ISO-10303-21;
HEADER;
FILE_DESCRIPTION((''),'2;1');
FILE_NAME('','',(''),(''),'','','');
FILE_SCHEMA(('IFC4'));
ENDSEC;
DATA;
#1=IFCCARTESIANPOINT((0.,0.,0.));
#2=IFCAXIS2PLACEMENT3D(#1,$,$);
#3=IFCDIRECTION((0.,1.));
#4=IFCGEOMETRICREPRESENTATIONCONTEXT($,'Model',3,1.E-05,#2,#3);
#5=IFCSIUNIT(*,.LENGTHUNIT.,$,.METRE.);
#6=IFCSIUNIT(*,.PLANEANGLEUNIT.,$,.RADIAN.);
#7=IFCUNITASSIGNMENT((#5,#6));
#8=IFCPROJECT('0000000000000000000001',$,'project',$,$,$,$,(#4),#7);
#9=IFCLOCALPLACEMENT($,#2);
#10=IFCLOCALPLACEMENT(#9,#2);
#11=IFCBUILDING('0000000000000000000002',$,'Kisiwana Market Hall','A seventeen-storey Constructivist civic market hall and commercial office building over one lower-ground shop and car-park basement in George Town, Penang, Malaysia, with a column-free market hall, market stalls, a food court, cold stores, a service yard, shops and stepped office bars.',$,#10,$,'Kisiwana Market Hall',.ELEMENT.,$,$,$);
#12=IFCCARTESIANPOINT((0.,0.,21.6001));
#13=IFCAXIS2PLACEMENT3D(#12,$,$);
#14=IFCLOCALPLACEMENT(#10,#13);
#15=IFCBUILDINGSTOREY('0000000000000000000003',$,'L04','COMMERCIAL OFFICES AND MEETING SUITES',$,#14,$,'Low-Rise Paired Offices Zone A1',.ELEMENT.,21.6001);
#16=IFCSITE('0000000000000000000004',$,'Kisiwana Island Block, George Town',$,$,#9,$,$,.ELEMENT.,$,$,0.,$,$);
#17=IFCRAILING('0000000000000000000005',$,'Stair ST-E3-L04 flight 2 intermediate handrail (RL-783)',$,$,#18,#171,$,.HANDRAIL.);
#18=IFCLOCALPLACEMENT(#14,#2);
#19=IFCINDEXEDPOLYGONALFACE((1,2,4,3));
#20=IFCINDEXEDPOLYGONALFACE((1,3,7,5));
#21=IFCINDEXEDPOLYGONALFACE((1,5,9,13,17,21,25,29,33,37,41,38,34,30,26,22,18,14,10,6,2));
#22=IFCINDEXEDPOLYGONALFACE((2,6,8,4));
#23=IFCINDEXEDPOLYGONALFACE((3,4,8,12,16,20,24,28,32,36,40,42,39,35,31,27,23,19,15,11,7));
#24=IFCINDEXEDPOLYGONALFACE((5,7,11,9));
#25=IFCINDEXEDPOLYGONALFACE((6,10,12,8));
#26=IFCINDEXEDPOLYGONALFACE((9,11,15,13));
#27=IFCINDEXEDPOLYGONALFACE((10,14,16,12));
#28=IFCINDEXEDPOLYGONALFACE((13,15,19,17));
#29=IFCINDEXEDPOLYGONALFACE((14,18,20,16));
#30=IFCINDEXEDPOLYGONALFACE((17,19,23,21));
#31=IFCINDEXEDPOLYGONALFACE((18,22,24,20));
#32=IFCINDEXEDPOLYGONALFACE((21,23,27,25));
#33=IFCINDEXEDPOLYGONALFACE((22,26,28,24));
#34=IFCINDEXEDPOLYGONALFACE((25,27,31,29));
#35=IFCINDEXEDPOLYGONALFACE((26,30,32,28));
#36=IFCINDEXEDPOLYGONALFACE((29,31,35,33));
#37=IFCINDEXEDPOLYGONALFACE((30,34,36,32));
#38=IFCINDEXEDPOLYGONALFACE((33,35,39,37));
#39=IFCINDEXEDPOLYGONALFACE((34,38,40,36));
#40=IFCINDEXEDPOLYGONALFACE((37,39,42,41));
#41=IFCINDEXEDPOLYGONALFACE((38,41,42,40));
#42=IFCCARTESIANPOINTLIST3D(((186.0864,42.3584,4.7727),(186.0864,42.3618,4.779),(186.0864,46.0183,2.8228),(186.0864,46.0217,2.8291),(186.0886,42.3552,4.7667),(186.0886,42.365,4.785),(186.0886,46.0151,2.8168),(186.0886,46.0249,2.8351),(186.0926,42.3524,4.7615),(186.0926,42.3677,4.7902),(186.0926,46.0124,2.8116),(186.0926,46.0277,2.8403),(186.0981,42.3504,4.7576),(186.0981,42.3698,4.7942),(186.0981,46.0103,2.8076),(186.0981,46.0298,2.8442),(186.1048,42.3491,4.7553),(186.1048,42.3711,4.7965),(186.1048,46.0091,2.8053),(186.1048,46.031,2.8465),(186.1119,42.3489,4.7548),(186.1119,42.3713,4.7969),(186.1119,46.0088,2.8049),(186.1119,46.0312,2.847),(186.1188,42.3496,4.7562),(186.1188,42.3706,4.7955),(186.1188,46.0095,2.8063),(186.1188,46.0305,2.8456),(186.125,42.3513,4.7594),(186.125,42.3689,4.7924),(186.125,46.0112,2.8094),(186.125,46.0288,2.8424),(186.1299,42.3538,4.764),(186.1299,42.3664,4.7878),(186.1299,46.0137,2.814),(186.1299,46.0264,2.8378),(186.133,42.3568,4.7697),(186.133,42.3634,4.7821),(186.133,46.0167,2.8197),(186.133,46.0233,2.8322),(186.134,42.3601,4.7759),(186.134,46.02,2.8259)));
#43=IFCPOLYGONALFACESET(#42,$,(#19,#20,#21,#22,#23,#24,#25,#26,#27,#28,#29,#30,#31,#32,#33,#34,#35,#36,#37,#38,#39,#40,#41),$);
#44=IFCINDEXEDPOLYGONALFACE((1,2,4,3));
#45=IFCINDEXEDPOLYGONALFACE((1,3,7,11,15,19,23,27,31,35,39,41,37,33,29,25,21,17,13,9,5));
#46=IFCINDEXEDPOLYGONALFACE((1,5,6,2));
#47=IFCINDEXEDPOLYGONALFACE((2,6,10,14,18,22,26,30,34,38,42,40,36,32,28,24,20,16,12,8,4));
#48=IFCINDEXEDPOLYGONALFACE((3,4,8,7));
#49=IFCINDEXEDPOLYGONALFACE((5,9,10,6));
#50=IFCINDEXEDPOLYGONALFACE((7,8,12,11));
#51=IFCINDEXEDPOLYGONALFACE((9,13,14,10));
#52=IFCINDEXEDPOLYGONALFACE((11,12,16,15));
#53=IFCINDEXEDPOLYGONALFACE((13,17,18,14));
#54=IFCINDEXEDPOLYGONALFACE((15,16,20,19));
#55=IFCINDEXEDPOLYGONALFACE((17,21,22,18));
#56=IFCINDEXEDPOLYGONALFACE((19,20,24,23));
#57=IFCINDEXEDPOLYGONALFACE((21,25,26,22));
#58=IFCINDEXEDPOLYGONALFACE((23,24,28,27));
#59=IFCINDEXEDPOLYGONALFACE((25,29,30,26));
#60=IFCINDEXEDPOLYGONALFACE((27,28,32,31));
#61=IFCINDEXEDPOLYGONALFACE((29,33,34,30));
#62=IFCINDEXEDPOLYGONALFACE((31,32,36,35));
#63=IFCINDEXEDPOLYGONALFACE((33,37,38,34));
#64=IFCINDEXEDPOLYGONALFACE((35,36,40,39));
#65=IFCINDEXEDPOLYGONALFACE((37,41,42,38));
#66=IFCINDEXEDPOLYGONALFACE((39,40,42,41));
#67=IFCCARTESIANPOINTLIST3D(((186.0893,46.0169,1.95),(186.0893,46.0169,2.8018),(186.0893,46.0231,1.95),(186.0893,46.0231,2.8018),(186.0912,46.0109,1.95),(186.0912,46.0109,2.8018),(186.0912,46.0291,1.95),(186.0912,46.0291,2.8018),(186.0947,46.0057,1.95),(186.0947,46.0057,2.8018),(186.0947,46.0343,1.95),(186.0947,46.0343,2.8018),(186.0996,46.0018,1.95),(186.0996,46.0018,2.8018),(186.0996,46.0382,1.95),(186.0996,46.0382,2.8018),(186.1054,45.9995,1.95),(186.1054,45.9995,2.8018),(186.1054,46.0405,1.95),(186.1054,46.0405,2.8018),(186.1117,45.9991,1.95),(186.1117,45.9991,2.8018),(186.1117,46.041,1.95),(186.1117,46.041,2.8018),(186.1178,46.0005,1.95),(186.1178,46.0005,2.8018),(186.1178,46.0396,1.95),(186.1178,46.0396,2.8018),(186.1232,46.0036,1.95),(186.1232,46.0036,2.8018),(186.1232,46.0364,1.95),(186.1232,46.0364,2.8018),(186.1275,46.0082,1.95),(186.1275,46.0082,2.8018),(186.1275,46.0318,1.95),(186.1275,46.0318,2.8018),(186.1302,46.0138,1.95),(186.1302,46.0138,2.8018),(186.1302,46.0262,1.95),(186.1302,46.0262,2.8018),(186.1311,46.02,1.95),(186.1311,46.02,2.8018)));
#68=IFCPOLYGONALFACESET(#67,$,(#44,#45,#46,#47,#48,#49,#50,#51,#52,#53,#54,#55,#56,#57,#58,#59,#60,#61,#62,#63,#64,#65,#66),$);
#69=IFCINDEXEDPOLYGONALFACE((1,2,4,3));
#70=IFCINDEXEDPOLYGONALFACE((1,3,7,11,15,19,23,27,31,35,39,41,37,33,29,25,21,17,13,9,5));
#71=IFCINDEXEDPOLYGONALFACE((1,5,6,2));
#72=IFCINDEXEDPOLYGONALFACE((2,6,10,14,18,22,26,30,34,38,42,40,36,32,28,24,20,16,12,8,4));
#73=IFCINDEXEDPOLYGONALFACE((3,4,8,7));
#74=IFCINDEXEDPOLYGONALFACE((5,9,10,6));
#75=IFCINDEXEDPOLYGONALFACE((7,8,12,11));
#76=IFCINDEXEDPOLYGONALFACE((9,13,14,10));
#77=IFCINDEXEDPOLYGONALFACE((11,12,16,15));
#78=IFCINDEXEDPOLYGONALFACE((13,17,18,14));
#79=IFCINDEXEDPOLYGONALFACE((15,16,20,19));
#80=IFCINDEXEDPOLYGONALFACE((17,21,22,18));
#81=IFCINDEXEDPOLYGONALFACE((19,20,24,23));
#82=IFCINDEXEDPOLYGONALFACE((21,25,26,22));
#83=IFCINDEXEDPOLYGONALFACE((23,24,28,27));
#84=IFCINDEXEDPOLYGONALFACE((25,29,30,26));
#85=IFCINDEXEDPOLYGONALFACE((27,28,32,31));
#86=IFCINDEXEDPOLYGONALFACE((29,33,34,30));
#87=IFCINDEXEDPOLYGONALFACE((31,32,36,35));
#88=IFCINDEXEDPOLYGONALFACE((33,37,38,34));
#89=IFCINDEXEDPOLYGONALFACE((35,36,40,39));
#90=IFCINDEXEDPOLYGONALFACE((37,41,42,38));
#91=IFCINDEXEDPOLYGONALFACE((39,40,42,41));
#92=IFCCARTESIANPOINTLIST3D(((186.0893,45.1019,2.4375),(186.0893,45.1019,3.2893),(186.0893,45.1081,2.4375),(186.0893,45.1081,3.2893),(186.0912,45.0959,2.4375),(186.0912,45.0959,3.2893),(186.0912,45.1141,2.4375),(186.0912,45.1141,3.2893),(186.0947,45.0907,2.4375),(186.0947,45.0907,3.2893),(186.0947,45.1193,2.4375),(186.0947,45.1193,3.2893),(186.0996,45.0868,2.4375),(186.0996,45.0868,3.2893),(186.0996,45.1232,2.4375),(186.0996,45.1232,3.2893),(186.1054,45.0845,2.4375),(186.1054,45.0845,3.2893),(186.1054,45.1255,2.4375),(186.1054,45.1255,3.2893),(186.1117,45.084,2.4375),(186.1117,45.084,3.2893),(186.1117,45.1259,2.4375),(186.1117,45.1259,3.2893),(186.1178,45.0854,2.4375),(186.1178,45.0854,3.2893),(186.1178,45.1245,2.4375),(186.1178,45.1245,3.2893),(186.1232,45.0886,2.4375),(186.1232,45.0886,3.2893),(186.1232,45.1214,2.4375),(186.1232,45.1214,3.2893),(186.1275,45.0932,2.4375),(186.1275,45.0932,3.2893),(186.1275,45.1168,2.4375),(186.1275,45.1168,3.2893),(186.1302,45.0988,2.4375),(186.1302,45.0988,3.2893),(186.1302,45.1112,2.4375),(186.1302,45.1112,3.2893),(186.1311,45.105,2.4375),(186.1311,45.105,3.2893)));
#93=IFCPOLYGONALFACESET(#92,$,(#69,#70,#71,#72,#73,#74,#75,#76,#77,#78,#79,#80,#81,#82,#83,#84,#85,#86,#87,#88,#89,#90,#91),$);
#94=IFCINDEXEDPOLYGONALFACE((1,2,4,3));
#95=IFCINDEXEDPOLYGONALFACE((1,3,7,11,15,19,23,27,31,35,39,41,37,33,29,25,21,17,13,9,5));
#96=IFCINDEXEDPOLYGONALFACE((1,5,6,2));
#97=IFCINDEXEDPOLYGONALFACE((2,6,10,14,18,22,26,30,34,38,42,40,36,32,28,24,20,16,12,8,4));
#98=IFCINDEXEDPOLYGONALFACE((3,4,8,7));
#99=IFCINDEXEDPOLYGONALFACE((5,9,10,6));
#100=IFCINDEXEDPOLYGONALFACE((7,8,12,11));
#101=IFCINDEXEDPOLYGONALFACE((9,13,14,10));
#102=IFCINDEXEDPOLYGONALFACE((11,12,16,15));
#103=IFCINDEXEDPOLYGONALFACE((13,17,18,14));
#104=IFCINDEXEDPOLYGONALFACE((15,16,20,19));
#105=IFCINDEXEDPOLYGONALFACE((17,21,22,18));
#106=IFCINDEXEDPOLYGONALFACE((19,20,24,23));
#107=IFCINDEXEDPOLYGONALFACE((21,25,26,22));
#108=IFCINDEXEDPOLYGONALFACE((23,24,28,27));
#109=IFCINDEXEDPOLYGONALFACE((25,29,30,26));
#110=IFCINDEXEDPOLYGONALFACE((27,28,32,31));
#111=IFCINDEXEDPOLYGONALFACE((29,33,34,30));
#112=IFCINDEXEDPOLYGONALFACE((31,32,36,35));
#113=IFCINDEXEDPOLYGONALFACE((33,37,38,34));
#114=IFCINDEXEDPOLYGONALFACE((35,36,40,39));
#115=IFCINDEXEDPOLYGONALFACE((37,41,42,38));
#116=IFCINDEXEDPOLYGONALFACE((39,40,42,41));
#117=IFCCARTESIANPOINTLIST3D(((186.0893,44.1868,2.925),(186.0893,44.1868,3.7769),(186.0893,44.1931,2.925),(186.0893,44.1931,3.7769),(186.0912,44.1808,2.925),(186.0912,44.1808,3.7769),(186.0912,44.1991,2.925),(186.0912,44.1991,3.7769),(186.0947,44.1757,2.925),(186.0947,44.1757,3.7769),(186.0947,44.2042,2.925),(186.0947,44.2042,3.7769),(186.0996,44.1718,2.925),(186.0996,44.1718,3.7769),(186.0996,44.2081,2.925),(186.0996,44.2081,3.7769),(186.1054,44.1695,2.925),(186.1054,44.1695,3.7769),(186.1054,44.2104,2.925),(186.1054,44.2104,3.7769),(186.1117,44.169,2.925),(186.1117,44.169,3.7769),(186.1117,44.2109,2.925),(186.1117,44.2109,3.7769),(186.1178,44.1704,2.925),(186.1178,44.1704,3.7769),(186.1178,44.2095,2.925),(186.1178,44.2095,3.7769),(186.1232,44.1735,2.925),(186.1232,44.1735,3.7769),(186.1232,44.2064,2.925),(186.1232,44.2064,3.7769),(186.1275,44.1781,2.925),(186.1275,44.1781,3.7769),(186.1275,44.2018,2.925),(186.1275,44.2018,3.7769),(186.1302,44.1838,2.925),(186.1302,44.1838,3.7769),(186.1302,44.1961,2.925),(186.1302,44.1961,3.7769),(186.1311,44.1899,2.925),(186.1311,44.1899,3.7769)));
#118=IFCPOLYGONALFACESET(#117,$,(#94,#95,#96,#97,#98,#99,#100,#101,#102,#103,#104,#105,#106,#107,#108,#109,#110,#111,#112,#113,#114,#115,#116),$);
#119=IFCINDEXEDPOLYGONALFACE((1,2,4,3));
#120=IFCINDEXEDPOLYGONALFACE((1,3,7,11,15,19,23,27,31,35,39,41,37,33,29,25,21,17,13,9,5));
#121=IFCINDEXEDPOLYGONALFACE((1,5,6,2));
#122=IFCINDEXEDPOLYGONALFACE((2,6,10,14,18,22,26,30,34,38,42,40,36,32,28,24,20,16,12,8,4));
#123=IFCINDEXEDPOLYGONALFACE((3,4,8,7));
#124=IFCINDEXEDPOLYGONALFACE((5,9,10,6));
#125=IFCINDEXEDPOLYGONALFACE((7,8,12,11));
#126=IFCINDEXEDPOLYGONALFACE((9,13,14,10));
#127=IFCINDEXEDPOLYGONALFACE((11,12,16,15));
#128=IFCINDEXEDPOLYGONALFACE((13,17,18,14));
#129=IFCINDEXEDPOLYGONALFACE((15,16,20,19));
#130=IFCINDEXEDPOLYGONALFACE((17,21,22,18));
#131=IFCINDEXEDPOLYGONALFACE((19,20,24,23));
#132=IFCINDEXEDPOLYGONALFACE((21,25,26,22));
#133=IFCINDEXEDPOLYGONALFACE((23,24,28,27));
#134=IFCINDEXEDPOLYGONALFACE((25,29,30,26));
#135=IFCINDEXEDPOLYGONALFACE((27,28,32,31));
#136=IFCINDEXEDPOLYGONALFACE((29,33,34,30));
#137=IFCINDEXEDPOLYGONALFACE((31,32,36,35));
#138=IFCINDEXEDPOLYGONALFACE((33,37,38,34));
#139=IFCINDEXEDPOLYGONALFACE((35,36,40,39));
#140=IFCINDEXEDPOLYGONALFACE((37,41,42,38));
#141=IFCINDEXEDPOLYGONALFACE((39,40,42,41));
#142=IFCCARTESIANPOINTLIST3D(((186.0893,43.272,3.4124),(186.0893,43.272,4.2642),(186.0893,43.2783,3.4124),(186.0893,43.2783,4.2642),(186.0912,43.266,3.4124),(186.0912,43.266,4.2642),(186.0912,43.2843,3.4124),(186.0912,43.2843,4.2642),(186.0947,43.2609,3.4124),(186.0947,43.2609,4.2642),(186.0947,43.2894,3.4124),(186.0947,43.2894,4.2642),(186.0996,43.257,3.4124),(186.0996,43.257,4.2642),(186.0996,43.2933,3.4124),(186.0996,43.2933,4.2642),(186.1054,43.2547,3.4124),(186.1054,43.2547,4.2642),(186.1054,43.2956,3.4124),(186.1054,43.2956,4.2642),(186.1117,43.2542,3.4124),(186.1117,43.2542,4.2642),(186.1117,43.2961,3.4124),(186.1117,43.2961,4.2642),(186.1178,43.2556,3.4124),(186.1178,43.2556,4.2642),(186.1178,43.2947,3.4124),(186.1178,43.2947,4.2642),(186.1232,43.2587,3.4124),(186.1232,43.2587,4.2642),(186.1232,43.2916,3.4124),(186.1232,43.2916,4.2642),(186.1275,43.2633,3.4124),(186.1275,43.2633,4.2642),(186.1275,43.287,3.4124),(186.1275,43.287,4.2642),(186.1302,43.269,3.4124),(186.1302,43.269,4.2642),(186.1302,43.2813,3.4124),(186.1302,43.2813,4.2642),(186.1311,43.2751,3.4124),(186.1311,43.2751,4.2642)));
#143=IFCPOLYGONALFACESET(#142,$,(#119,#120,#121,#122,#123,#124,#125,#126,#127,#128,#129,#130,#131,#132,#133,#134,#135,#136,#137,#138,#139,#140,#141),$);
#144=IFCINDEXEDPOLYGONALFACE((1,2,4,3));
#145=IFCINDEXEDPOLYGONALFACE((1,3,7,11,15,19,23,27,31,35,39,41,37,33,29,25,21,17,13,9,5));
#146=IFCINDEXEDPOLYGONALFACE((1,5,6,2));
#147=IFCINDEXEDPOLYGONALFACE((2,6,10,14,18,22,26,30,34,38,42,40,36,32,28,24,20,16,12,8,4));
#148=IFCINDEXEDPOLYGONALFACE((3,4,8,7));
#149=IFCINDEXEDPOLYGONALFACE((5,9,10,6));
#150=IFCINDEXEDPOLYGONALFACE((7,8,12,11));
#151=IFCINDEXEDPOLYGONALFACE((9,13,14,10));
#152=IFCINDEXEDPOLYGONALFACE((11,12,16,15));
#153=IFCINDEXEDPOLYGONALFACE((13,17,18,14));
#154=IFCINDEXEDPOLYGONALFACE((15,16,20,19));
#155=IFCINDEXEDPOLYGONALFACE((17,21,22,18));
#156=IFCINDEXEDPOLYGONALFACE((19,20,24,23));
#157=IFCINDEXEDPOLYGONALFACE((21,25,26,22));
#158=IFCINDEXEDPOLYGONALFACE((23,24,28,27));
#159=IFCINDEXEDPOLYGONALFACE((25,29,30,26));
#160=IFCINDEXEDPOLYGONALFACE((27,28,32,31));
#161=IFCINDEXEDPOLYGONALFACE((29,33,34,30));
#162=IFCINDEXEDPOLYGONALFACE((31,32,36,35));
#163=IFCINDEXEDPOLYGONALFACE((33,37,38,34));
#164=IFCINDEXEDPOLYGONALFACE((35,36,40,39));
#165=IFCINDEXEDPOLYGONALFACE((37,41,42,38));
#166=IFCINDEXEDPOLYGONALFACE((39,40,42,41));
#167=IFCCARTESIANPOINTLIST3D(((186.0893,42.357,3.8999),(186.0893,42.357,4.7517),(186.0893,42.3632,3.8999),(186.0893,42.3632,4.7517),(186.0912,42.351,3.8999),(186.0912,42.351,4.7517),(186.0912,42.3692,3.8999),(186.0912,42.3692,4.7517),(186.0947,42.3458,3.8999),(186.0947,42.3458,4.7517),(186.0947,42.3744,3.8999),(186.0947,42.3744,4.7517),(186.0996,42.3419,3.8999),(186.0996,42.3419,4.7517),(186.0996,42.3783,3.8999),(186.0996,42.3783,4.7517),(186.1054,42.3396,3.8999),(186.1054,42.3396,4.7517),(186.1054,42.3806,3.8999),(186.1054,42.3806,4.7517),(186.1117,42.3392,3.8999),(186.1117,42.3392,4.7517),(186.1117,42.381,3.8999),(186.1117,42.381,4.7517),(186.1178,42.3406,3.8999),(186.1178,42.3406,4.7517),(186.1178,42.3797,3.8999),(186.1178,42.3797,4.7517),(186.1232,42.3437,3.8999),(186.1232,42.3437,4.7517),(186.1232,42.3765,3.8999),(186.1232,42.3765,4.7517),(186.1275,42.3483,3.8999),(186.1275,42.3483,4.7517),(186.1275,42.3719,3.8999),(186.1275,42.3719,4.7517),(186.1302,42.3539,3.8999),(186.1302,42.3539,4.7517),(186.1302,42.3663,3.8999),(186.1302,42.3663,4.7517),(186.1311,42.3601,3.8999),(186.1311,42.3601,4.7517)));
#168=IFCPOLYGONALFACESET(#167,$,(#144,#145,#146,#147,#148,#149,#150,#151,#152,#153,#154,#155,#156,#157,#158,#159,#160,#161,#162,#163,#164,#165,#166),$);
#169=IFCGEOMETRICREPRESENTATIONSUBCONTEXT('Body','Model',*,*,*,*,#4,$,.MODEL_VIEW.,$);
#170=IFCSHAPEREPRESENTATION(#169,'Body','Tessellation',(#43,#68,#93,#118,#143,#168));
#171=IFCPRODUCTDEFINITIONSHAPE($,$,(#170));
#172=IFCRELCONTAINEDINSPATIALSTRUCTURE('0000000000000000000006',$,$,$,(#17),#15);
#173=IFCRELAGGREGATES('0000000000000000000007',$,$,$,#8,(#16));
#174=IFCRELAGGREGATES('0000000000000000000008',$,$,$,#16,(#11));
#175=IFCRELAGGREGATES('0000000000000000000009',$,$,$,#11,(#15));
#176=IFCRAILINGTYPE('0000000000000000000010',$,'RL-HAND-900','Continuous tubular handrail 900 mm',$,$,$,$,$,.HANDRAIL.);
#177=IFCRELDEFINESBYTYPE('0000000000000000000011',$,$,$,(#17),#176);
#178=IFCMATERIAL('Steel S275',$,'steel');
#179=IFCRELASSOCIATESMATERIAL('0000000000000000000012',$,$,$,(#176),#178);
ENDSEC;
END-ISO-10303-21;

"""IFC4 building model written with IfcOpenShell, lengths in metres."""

from ifc_helpers import new_model, si_unit, direction, frame, origin, origin_2d, place, context, subcontext, project, spatial, circle, extrude, material, type_object, element, save


model = new_model("IFC4")

# Units and contexts
model_context = context("Model", 3, precision=1e-05, world=origin(), true_north=direction((0.0, 1.0)))
body_context = subcontext(model_context, "Body", "Model", "MODEL_VIEW")
ifc_project = project(units=[si_unit("LENGTHUNIT", "METRE"), si_unit("PLANEANGLEUNIT", "RADIAN")], contexts=[model_context])

# Site, building, storey
site_placement = place(None, origin())
site = spatial("IfcSite", under=ifc_project, at=site_placement, Name="Kisiwana Island Block, George Town", CompositionType="ELEMENT", RefElevation=0.0)
building_placement = place(site_placement, origin())
building = spatial("IfcBuilding", under=site, at=building_placement, Name="Kisiwana Market Hall", Description="A seventeen-storey Constructivist civic market hall and commercial office building over one lower-ground shop and car-park basement in George Town, Penang, Malaysia, with a column-free market hall, market stalls, a food court, cold stores, a service yard, shops and stepped office bars.", LongName="Kisiwana Market Hall", CompositionType="ELEMENT")
storey_placement = place(building_placement, frame((0.0, 0.0, 21.6001)))
storey = spatial("IfcBuildingStorey", under=building, at=storey_placement, Name="L04", Description="COMMERCIAL OFFICES AND MEETING SUITES", LongName="Low-Rise Paired Offices Zone A1", CompositionType="ELEMENT", Elevation=21.6001)

# Railing
ifc_material_1 = material(Name="Steel S275", Category="steel")
railing_type_1 = type_object("IfcRailingType", Name="RL-HAND-900", Description="Continuous tubular handrail 900 mm", PredefinedType="HANDRAIL", material=ifc_material_1)
for number, where, name in (
    (1, (186.1101, 46.02, 1.95), "Stair ST-E3-L04 flight 2 intermediate handrail (RL-783)"),
):
    element("IfcRailing", number, at=place(storey_placement, frame(where)), inside=storey, type_object=railing_type_1, Name=name, PredefinedType="HANDRAIL", context=body_context, shape_type="SweptSolid", body=[
        extrude(circle(Radius=0.0239, at=origin_2d()), frame((0.0, 0.0, 0.876), z_axis=(0.0, -0.882553, 0.470212), x_axis=(1.0, 0.0, 0.0)), (0.0, 0.0, 1.0), 4.147),
        extrude(circle(Radius=0.021, at=origin_2d()), origin(), (0.0, 0.0, 1.0), 0.8518),
        extrude(circle(Radius=0.021, at=origin_2d()), frame((0.0, -0.915, 0.4875)), (0.0, 0.0, 1.0), 0.8518),
        extrude(circle(Radius=0.021, at=origin_2d()), frame((0.0, -1.8301, 0.9751)), (0.0, 0.0, 1.0), 0.8518),
        extrude(circle(Radius=0.021, at=origin_2d()), frame((0.0, -2.7449, 1.4624)), (0.0, 0.0, 1.0), 0.8518),
        extrude(circle(Radius=0.021, at=origin_2d()), frame((0.0, -3.6599, 1.95)), (0.0, 0.0, 1.0), 0.8518),
    ])

save(model, "model.ifc")
